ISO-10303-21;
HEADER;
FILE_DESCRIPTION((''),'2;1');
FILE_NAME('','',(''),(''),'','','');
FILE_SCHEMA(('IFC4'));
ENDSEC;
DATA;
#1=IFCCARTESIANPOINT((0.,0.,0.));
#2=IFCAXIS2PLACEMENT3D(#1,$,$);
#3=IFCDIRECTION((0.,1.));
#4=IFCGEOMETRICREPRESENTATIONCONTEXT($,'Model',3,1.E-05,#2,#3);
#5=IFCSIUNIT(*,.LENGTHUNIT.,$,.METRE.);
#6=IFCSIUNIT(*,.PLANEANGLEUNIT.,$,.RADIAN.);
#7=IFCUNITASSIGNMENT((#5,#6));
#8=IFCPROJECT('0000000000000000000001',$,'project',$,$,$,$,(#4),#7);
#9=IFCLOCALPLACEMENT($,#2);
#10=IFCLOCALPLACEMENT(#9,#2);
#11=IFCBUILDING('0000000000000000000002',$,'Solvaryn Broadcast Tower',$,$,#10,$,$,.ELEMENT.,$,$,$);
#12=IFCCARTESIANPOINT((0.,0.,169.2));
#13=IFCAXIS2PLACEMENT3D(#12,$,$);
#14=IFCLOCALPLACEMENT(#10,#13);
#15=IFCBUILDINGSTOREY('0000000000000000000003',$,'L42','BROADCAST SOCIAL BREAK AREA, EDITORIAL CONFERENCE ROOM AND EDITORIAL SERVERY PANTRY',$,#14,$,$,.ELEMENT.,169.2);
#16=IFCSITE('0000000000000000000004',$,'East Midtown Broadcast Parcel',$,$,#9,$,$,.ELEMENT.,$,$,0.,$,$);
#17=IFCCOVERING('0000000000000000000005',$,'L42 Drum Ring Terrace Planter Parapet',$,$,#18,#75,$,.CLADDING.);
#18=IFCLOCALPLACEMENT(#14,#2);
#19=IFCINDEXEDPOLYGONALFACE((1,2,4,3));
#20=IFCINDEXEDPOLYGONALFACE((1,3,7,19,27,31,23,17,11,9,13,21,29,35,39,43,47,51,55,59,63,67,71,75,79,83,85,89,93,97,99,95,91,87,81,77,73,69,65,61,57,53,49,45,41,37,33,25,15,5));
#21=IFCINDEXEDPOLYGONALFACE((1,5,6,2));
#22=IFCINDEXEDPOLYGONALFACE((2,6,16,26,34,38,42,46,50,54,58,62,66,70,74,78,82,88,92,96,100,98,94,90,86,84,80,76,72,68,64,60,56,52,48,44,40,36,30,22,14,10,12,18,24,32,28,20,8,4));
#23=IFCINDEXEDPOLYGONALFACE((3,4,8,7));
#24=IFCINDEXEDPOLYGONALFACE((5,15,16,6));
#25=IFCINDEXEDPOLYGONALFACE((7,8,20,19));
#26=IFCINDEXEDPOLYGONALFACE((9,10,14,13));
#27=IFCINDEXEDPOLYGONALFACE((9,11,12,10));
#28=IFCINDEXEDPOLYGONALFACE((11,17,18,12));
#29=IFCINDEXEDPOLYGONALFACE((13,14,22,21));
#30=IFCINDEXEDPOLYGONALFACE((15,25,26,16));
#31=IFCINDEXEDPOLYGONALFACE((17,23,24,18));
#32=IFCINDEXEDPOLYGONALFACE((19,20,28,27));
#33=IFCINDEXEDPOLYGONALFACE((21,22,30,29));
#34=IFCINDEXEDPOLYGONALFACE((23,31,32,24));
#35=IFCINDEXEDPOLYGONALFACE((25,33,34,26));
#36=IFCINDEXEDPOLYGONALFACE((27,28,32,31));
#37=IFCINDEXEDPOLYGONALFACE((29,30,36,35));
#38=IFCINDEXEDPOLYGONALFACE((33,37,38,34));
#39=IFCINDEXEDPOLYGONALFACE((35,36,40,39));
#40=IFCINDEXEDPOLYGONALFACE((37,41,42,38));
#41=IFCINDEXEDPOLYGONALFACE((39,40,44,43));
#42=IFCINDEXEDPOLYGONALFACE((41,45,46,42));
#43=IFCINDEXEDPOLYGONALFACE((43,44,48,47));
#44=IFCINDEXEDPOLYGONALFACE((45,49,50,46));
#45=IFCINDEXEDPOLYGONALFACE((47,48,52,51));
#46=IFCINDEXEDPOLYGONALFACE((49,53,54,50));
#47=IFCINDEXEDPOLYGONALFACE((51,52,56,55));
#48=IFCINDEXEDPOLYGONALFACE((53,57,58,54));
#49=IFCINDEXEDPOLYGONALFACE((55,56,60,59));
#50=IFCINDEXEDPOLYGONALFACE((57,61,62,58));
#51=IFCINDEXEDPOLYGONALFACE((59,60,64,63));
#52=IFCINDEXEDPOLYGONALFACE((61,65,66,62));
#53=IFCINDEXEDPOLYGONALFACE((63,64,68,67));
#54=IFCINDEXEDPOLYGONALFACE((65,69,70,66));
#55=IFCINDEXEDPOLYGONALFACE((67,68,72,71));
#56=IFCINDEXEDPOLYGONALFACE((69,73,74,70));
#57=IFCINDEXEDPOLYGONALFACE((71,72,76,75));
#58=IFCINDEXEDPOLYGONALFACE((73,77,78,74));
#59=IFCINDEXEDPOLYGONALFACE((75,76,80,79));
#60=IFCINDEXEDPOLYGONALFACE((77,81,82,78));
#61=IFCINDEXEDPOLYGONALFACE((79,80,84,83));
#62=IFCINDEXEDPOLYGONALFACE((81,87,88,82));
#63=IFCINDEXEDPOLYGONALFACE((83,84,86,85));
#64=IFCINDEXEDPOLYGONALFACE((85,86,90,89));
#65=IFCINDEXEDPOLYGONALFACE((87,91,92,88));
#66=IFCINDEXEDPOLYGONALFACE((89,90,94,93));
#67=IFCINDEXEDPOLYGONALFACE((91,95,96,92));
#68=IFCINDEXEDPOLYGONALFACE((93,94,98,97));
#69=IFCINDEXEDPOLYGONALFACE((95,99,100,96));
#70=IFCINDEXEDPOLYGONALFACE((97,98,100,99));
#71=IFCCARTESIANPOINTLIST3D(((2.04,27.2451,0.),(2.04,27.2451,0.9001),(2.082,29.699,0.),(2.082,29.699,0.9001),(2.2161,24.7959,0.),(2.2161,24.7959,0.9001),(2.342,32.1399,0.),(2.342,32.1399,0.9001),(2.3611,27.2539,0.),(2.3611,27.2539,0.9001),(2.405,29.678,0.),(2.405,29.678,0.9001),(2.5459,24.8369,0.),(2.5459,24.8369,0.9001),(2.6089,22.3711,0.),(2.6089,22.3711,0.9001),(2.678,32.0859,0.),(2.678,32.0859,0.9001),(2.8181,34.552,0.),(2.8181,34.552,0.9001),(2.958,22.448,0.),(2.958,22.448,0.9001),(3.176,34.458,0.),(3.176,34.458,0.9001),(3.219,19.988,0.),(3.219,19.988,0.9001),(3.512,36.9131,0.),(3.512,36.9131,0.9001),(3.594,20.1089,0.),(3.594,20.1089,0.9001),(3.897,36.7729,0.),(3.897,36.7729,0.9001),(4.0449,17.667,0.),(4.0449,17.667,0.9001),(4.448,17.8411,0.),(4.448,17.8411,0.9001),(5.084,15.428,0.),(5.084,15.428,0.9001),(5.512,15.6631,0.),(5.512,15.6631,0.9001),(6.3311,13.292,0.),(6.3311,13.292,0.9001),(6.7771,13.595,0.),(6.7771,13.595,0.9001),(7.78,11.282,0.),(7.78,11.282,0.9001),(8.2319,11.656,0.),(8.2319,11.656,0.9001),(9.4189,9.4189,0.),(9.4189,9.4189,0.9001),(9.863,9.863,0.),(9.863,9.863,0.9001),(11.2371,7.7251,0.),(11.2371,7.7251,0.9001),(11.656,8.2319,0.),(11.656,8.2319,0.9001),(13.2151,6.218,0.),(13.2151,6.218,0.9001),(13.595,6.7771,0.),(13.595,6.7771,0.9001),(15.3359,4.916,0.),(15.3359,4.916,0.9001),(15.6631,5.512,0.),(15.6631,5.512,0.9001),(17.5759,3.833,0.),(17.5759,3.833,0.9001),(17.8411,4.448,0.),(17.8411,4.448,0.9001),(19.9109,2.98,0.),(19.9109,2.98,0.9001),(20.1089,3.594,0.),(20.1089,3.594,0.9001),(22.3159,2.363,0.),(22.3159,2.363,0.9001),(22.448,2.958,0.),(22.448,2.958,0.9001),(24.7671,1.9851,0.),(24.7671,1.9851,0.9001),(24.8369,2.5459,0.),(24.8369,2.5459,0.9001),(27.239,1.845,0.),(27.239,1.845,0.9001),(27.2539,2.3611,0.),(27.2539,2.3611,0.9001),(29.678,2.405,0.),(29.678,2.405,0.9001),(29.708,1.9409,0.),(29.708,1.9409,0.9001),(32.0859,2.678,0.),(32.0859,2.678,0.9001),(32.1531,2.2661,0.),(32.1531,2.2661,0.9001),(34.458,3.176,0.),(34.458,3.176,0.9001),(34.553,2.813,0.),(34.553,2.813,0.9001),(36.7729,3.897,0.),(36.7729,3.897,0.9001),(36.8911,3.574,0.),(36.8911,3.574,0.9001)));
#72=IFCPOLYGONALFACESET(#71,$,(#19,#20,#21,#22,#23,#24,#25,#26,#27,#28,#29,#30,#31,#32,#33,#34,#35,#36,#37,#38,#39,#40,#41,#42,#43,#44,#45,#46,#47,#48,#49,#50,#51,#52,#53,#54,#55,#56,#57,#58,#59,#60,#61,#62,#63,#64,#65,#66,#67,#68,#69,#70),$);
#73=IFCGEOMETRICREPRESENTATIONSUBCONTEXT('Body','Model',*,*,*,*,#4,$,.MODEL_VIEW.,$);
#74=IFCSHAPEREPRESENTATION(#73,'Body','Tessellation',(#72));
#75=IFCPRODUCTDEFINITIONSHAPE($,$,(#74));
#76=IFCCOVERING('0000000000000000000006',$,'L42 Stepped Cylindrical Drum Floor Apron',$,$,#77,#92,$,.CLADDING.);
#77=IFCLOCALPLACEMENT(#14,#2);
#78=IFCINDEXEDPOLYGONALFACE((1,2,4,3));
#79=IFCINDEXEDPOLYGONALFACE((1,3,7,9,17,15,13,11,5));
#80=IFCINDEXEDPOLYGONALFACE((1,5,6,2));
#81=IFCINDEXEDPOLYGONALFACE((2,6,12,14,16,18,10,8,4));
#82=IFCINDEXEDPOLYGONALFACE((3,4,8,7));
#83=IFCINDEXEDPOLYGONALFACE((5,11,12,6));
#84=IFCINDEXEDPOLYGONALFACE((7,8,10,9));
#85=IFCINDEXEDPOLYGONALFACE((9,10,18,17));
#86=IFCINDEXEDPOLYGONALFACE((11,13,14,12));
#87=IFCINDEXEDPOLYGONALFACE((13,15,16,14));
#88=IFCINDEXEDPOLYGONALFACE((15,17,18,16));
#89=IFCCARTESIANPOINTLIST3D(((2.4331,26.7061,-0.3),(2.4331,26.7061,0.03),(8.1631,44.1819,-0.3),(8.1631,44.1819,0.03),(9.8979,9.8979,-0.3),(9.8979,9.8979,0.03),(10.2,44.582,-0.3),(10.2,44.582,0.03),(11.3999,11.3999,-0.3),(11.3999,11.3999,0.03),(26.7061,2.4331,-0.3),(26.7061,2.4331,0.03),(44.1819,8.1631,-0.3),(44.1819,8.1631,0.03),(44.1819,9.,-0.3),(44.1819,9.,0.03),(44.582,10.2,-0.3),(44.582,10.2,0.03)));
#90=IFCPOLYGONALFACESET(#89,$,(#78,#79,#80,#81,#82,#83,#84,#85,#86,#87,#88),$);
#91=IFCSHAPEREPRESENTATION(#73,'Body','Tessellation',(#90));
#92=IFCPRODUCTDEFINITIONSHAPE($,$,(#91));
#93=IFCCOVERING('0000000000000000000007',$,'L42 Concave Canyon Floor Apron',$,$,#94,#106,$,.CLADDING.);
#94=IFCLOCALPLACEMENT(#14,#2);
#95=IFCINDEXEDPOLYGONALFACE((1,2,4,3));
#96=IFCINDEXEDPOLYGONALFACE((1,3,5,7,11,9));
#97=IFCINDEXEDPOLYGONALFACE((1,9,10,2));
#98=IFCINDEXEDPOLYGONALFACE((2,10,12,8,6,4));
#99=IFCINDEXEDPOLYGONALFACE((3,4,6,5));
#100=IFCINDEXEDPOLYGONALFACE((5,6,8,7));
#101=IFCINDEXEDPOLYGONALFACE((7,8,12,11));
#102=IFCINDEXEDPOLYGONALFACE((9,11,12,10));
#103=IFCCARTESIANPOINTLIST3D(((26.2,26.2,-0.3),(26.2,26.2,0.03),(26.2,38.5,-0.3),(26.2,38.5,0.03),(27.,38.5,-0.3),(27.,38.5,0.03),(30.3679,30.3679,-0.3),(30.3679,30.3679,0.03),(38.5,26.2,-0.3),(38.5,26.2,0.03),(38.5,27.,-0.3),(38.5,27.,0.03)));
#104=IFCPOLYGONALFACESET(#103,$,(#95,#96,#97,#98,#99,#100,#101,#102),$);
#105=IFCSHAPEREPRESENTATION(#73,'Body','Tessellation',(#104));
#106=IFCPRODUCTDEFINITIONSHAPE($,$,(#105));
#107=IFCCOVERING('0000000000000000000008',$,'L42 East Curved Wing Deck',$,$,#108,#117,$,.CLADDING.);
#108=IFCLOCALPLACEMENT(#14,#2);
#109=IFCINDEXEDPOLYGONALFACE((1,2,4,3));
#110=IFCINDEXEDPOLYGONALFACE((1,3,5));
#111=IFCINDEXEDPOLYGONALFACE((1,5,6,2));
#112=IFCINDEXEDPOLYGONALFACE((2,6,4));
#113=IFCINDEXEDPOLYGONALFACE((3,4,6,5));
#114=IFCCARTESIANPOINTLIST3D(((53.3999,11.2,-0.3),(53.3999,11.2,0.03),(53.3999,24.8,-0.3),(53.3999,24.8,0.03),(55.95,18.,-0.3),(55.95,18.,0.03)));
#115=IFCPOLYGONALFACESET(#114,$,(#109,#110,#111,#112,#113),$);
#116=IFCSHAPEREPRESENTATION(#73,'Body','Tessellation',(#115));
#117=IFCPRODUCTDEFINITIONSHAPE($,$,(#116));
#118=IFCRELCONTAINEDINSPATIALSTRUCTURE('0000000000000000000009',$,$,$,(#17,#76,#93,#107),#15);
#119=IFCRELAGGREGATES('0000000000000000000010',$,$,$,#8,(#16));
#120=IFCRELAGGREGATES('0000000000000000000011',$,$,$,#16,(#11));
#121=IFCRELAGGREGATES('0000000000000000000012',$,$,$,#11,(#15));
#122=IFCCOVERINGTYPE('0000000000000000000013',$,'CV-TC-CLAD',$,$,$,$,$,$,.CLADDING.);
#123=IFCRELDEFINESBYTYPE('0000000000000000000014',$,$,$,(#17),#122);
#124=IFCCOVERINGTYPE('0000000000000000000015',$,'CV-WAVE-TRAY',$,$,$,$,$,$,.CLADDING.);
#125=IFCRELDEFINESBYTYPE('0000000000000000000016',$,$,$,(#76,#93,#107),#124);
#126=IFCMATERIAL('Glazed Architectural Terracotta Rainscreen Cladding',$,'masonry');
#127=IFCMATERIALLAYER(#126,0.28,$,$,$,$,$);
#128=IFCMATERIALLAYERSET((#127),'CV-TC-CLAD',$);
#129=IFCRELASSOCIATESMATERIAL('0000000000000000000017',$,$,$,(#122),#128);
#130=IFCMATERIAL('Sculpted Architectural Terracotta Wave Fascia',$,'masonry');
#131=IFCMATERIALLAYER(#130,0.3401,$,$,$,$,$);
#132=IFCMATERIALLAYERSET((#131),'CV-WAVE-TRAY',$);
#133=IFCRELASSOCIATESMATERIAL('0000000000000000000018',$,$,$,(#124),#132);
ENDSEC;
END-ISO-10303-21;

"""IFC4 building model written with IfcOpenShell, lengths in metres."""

from ifc_helpers import new_model, si_unit, direction, frame, origin, place, context, subcontext, project, spatial, polyline, outline, extrude, material, layer, layer_set, type_object, element, save


model = new_model("IFC4")

# Units and contexts
model_context = context("Model", 3, precision=1e-05, world=origin(), true_north=direction((0.0, 1.0)))
body_context = subcontext(model_context, "Body", "Model", "MODEL_VIEW")
ifc_project = project(units=[si_unit("LENGTHUNIT", "METRE"), si_unit("PLANEANGLEUNIT", "RADIAN")], contexts=[model_context])

# Site, building, storey
site_placement = place(None, origin())
site = spatial("IfcSite", under=ifc_project, at=site_placement, Name="East Midtown Broadcast Parcel", CompositionType="ELEMENT", RefElevation=0.0)
building_placement = place(site_placement, origin())
building = spatial("IfcBuilding", under=site, at=building_placement, Name="Solvaryn Broadcast Tower", CompositionType="ELEMENT")
storey_placement = place(building_placement, frame((0.0, 0.0, 169.2)))
storey = spatial("IfcBuildingStorey", under=building, at=storey_placement, Name="L42", Description="BROADCAST SOCIAL BREAK AREA, EDITORIAL CONFERENCE ROOM AND EDITORIAL SERVERY PANTRY", CompositionType="ELEMENT", Elevation=169.2)

# Coverings
ifc_material_1 = material(Name="Glazed Architectural Terracotta Rainscreen Cladding", Category="masonry")
ifc_layer_1 = layer(ifc_material_1, 0.28)
ifc_layer_set_1 = layer_set([ifc_layer_1], Name="CV-TC-CLAD")
covering_type_1 = type_object("IfcCoveringType", Name="CV-TC-CLAD", PredefinedType="CLADDING", material=ifc_layer_set_1)
covering_1_placement = place(storey_placement, origin())
element("IfcCovering", 1, at=covering_1_placement, inside=storey, type_object=covering_type_1, Name="L42 Drum Ring Terrace Planter Parapet", PredefinedType="CLADDING", context=body_context, shape_type="SweptSolid", body=[
    extrude(outline(polyline([(3.512, 36.9131), (2.8181, 34.552), (2.342, 32.1399), (2.082, 29.699), (2.04, 27.2451), (2.2161, 24.7959), (2.6089, 22.3711), (3.219, 19.988), (4.0449, 17.667), (5.084, 15.428), (6.3311, 13.292), (7.78, 11.282), (9.4189, 9.4189), (11.2371, 7.7251), (13.2151, 6.218), (15.3359, 4.916), (17.5759, 3.833), (19.9109, 2.98), (22.3159, 2.363), (24.7671, 1.9851), (27.239, 1.845), (29.708, 1.9409), (32.1531, 2.2661), (34.553, 2.813), (36.8911, 3.574), (36.7729, 3.897), (34.458, 3.176), (32.0859, 2.678), (29.678, 2.405), (27.2539, 2.3611), (24.8369, 2.5459), (22.448, 2.958), (20.1089, 3.594), (17.8411, 4.448), (15.6631, 5.512), (13.595, 6.7771), (11.656, 8.2319), (9.863, 9.863), (8.2319, 11.656), (6.7771, 13.595), (5.512, 15.6631), (4.448, 17.8411), (3.594, 20.1089), (2.958, 22.448), (2.5459, 24.8369), (2.3611, 27.2539), (2.405, 29.678), (2.678, 32.0859), (3.176, 34.458), (3.897, 36.7729), (3.512, 36.9131)])), origin(), (0.0, 0.0, 1.0), 0.9001),
])
ifc_material_2 = material(Name="Sculpted Architectural Terracotta Wave Fascia", Category="masonry")
ifc_layer_2 = layer(ifc_material_2, 0.3401)
ifc_layer_set_2 = layer_set([ifc_layer_2], Name="CV-WAVE-TRAY")
covering_type_2 = type_object("IfcCoveringType", Name="CV-WAVE-TRAY", PredefinedType="CLADDING", material=ifc_layer_set_2)
covering_2_placement = place(storey_placement, frame((0.0, 0.0, -0.3)))
element("IfcCovering", 2, at=covering_2_placement, inside=storey, type_object=covering_type_2, Name="L42 Stepped Cylindrical Drum Floor Apron", PredefinedType="CLADDING", context=body_context, shape_type="SweptSolid", body=[
    extrude(outline(polyline([(10.2, 44.582), (8.1631, 44.1819), (2.4331, 26.7061), (9.8979, 9.8979), (26.7061, 2.4331), (44.1819, 8.1631), (44.1819, 9.0), (44.582, 10.2), (11.3999, 11.3999), (10.2, 44.582)])), origin(), (0.0, 0.0, 1.0), 0.3301),
])
covering_3_placement = place(storey_placement, frame((0.0, 0.0, -0.3)))
element("IfcCovering", 3, at=covering_3_placement, inside=storey, type_object=covering_type_2, Name="L42 Concave Canyon Floor Apron", PredefinedType="CLADDING", context=body_context, shape_type="SweptSolid", body=[
    extrude(outline(polyline([(26.2, 26.2), (38.5, 26.2), (38.5, 27.0), (30.3679, 30.3679), (27.0, 38.5), (26.2, 38.5), (26.2, 26.2)])), origin(), (0.0, 0.0, 1.0), 0.3301),
])
covering_4_placement = place(storey_placement, frame((0.0, 0.0, -0.3)))
element("IfcCovering", 4, at=covering_4_placement, inside=storey, type_object=covering_type_2, Name="L42 East Curved Wing Deck", PredefinedType="CLADDING", context=body_context, shape_type="SweptSolid", body=[
    extrude(outline(polyline([(53.3999, 11.2), (55.95, 18.0), (53.3999, 24.8), (53.3999, 11.2)])), origin(), (0.0, 0.0, 1.0), 0.3301),
])

save(model, "model.ifc")
